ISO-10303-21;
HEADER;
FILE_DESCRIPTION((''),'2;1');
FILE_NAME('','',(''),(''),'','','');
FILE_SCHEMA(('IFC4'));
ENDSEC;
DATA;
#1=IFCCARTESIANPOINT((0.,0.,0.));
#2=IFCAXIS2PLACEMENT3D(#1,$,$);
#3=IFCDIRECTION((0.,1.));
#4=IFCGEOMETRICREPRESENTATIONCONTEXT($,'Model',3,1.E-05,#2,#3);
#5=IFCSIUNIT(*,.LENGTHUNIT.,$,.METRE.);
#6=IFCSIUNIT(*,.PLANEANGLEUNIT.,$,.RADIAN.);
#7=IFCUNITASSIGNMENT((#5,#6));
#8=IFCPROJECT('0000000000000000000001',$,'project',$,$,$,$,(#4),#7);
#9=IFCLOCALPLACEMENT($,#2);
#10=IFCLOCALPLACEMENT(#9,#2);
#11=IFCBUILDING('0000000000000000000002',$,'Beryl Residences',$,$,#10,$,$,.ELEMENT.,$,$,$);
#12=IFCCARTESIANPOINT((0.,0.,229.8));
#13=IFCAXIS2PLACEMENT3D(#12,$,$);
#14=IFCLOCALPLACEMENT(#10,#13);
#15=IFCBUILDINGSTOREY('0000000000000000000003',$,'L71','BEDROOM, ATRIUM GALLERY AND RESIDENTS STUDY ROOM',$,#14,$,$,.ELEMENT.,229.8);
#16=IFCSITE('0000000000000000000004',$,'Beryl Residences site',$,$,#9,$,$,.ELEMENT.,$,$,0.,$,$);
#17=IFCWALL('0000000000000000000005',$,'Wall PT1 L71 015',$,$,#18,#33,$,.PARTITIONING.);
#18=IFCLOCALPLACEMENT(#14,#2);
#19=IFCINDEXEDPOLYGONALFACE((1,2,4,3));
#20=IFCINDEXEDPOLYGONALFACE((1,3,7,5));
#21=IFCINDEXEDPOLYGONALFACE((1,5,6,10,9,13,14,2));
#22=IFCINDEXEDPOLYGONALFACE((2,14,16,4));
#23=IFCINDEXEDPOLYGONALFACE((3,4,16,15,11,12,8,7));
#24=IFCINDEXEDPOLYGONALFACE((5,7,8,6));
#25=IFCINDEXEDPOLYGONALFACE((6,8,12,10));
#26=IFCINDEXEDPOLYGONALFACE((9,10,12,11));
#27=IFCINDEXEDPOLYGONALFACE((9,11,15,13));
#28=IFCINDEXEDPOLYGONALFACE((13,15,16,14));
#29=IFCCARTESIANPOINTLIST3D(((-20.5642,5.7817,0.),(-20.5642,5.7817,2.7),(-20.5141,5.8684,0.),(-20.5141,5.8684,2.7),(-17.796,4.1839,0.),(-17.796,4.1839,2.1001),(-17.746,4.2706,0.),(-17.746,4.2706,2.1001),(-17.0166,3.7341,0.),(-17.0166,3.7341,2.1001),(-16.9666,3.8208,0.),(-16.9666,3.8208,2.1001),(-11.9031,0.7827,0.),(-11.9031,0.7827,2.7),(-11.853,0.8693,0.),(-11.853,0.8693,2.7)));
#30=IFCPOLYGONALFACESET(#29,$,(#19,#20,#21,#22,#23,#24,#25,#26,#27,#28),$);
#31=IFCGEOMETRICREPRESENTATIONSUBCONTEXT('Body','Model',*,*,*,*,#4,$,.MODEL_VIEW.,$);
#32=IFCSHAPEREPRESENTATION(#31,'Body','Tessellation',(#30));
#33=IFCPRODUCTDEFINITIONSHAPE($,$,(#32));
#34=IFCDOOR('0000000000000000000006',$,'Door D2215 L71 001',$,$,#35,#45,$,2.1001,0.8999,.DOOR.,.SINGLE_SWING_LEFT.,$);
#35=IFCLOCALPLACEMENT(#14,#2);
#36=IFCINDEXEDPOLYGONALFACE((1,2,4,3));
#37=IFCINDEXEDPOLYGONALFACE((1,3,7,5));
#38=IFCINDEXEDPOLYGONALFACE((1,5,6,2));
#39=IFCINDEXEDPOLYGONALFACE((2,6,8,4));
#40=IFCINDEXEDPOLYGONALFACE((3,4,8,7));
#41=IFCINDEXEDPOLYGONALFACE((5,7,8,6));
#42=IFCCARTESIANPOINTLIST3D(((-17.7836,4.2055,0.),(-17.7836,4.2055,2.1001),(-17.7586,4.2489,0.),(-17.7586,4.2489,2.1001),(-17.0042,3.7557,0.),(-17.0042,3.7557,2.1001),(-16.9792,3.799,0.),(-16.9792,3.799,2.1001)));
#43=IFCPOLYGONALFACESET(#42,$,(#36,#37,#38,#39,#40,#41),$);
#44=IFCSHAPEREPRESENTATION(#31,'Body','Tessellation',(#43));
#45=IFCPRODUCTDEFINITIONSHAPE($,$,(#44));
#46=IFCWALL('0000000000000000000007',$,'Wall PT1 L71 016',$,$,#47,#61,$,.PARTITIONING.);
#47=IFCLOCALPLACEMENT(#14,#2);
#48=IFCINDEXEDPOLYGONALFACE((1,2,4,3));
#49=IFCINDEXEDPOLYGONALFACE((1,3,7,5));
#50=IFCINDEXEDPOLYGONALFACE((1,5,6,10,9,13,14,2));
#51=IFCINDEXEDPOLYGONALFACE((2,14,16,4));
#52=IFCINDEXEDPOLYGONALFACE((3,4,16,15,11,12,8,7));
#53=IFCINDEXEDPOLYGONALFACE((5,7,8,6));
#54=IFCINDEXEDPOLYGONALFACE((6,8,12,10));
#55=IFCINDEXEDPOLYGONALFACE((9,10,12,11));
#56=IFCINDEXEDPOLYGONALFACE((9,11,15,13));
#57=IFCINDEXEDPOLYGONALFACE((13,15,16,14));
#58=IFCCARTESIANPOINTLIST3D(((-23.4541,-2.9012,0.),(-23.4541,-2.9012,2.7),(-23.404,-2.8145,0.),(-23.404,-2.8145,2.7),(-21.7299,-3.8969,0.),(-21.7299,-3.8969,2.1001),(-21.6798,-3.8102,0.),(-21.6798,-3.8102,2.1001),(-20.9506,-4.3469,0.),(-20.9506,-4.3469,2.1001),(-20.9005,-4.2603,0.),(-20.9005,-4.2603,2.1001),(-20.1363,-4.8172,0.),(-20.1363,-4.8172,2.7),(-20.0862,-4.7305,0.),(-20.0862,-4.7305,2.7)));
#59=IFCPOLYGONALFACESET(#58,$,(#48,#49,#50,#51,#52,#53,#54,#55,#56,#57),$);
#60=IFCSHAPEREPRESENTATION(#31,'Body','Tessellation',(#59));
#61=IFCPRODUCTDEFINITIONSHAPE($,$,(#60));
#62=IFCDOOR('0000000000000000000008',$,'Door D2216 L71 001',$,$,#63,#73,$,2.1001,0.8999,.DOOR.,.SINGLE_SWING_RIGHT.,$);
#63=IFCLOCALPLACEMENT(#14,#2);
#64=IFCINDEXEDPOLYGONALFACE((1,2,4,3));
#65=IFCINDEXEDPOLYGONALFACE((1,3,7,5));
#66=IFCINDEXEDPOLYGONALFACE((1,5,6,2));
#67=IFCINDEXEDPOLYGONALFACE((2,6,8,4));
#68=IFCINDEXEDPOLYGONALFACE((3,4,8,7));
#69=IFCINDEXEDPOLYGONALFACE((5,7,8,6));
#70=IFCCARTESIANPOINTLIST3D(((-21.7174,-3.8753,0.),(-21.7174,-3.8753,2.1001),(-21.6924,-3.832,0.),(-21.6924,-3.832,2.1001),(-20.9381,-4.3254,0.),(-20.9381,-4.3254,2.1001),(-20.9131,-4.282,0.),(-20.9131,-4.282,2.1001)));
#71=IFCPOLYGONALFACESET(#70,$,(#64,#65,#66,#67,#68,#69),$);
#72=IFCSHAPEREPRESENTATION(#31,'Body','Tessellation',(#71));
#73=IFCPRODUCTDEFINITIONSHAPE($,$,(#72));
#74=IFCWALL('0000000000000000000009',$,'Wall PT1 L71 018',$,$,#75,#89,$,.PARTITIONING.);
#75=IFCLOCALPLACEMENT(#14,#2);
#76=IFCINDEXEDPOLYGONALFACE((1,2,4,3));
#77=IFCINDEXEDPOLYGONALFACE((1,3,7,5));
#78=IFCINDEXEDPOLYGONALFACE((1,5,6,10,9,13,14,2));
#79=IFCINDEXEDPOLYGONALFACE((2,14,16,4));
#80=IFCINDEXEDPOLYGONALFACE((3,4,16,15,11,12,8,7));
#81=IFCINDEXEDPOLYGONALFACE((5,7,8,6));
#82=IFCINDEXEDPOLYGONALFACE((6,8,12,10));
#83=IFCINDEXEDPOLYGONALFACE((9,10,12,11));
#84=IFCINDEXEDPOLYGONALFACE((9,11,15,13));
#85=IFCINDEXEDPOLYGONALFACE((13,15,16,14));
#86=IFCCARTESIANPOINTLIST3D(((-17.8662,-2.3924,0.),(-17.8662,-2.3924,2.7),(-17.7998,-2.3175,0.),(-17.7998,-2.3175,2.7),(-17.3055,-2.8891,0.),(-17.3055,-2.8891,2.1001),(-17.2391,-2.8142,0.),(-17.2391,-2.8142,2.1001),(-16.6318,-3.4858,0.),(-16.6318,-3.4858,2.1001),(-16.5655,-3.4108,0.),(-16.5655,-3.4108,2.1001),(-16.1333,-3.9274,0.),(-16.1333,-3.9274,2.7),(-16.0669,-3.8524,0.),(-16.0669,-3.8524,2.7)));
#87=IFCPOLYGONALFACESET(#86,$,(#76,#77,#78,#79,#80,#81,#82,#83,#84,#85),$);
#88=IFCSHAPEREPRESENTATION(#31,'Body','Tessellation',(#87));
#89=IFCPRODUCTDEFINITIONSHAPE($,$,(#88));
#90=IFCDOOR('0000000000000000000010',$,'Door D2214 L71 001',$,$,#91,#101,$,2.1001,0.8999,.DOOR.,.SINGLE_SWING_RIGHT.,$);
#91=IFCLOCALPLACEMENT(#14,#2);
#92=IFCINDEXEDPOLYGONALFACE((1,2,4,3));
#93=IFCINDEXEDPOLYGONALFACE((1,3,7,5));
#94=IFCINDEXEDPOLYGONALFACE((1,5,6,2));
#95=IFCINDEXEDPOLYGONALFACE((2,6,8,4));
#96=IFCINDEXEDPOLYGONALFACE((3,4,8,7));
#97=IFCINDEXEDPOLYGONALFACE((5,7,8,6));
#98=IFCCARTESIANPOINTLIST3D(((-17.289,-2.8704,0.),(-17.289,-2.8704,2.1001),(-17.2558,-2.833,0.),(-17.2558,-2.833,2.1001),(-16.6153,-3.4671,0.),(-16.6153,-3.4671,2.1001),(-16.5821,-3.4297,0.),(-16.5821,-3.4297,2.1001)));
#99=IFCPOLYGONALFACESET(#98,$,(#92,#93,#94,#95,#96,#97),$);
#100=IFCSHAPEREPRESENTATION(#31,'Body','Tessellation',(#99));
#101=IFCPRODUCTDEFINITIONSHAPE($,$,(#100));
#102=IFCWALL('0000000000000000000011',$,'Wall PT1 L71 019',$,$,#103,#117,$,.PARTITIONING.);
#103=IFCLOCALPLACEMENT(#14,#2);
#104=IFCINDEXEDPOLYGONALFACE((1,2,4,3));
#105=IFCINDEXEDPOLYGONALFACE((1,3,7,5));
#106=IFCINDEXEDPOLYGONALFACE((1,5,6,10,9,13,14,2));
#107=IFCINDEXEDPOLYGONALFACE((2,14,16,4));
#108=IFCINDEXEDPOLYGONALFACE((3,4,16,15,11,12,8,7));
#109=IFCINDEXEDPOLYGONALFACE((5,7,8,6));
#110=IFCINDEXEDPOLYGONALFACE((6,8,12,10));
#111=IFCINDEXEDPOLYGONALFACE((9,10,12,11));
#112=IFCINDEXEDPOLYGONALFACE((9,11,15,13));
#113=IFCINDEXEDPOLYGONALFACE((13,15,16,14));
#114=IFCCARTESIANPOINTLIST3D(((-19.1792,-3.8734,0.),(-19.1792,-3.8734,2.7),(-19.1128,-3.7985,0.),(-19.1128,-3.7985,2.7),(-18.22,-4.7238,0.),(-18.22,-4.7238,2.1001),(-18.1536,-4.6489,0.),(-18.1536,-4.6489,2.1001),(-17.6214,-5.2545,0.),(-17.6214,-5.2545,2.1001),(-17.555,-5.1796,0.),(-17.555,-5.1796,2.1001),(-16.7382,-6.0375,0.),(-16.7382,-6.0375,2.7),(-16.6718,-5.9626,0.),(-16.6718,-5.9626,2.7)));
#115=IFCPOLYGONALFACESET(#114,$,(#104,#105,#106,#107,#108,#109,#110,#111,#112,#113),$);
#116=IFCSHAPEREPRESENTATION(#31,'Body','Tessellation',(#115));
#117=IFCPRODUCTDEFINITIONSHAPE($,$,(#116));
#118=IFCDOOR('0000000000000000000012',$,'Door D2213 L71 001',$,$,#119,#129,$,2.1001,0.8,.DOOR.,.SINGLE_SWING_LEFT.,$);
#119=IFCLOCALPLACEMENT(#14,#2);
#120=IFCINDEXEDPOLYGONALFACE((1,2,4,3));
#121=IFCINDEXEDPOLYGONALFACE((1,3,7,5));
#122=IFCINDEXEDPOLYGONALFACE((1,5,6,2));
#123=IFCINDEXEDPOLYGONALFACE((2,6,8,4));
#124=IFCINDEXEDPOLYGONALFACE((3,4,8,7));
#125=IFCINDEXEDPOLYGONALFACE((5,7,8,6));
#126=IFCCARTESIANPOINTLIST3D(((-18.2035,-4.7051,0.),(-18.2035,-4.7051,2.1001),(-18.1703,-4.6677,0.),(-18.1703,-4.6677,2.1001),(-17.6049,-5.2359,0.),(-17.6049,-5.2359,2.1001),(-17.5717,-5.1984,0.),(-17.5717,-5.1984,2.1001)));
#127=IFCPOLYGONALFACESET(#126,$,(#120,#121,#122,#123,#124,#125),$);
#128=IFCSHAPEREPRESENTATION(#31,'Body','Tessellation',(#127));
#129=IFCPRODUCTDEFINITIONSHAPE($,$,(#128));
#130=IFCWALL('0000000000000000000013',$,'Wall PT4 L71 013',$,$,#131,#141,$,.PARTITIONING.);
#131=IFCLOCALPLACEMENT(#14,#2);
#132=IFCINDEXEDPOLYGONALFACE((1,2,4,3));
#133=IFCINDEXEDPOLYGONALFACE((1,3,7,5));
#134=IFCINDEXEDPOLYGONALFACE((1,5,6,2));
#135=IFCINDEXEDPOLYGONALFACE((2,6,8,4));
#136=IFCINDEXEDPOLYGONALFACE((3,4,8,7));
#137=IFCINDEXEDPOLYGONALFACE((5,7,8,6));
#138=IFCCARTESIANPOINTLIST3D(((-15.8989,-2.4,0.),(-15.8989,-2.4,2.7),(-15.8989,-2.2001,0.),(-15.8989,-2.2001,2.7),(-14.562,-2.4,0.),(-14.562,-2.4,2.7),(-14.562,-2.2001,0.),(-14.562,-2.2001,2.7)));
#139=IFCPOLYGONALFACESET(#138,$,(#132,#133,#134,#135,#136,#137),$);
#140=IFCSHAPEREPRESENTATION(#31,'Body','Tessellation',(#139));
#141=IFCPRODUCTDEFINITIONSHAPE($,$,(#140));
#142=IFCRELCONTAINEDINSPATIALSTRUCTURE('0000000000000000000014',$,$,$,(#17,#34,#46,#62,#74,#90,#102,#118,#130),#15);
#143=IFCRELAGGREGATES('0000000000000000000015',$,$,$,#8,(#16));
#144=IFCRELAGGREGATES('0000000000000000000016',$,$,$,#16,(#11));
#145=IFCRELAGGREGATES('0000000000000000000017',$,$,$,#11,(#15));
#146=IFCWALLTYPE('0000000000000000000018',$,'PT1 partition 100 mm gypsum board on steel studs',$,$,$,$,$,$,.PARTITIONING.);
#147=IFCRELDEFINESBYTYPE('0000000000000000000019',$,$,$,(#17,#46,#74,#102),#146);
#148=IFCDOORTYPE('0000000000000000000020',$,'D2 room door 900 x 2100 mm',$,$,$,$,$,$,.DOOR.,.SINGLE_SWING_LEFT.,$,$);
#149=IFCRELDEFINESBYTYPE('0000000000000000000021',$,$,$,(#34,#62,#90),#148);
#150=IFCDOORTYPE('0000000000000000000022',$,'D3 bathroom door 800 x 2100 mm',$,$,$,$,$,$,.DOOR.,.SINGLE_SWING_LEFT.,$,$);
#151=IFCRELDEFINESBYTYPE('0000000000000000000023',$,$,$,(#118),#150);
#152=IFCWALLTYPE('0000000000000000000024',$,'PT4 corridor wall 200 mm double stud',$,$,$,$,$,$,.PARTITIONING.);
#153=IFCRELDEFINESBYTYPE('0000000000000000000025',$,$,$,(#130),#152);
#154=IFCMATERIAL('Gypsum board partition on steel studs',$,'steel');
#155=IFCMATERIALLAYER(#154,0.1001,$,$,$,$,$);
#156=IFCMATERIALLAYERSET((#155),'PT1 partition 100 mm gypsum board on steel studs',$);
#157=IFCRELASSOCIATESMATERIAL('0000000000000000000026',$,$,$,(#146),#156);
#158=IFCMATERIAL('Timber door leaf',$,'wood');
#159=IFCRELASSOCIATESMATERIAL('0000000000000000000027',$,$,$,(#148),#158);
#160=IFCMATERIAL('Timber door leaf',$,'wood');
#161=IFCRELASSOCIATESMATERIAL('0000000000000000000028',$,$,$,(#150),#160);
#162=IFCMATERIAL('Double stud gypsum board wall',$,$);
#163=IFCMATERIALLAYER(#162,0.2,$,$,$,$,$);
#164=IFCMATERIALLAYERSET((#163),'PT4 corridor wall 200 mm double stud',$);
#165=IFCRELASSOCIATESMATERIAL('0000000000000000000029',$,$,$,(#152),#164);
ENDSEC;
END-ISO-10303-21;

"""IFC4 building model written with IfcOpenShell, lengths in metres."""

from ifc_helpers import new_model, si_unit, direction, frame, frame_2d, origin, place, context, subcontext, project, spatial, rectangle, extrude, material, layer, layer_set, type_object, element, fill, save


model = new_model("IFC4")

# Units and contexts
model_context = context("Model", 3, precision=1e-05, world=origin(), true_north=direction((0.0, 1.0)))
body_context = subcontext(model_context, "Body", "Model", "MODEL_VIEW")
ifc_project = project(units=[si_unit("LENGTHUNIT", "METRE"), si_unit("PLANEANGLEUNIT", "RADIAN")], contexts=[model_context])

# Site, building, storey
site_placement = place(None, origin())
site = spatial("IfcSite", under=ifc_project, at=site_placement, Name="Beryl Residences site", CompositionType="ELEMENT", RefElevation=0.0)
building_placement = place(site_placement, origin())
building = spatial("IfcBuilding", under=site, at=building_placement, Name="Beryl Residences", CompositionType="ELEMENT")
storey_placement = place(building_placement, frame((0.0, 0.0, 229.8)))
storey = spatial("IfcBuildingStorey", under=building, at=storey_placement, Name="L71", Description="BEDROOM, ATRIUM GALLERY AND RESIDENTS STUDY ROOM", CompositionType="ELEMENT", Elevation=229.8)

# Walls, openings, doors
ifc_material_1 = material(Name="Gypsum board partition on steel studs", Category="steel")
ifc_layer_1 = layer(ifc_material_1, 0.1001)
ifc_layer_set_1 = layer_set([ifc_layer_1], Name="PT1 partition 100 mm gypsum board on steel studs")
wall_type_1 = type_object("IfcWallType", Name="PT1 partition 100 mm gypsum board on steel studs", PredefinedType="PARTITIONING", material=ifc_layer_set_1)
wall_1_placement = place(storey_placement, frame((-20.5391, 5.825, 0.0), z_axis=(0.0, 0.0, 1.0), x_axis=(0.86609, -0.499889, 0.0)))
wall_1 = element("IfcWall", 1, at=wall_1_placement, inside=storey, type_object=wall_type_1, Name="Wall PT1 L71 015", PredefinedType="PARTITIONING", context=body_context, shape_type="SweptSolid", body=[
    extrude(rectangle(XDim=10.0002, YDim=0.1001, at=frame_2d((5.0, 0.0))), origin(), (0.0, 0.0, 1.0), 2.7),
])
opening_1_placement = place(wall_1_placement, frame((3.196, 0.0, 0.0)))
opening_1 = element("IfcOpeningElement", 2, at=opening_1_placement, cuts=wall_1, PredefinedType="OPENING", context=body_context, shape_type="SweptSolid", body=[
    extrude(rectangle(XDim=0.8999, YDim=2.1001, at=frame_2d((0.45, 1.05))), frame((0.0, 0.0601, 0.0), z_axis=(0.0, -1.0, 0.0), x_axis=(1.0, 0.0, 0.0)), (0.0, 0.0, 1.0), 0.1201),
])
ifc_material_2 = material(Name="Timber door leaf", Category="wood")
door_type_1 = type_object("IfcDoorType", Name="D2 room door 900 x 2100 mm", OperationType="SINGLE_SWING_LEFT", PredefinedType="DOOR", material=ifc_material_2)
door_1_placement = place(opening_1_placement, origin())
door_1 = element("IfcDoor", 3, at=door_1_placement, inside=storey, type_object=door_type_1, Name="Door D2215 L71 001", OperationType="SINGLE_SWING_LEFT", OverallHeight=2.1001, OverallWidth=0.8999, PredefinedType="DOOR", context=body_context, shape_type="SweptSolid", body=[
    extrude(rectangle(XDim=0.8999, YDim=2.1001, at=frame_2d((0.45, 1.05))), frame((0.0, 0.0249, 0.0), z_axis=(0.0, -1.0, 0.0), x_axis=(1.0, 0.0, 0.0)), (0.0, 0.0, 1.0), 0.05),
])
fill(opening_1, door_1)
wall_2_placement = place(storey_placement, frame((-23.429, -2.8579, 0.0), z_axis=(0.0, 0.0, 1.0), x_axis=(0.865975, -0.500086, 0.0)))
wall_2 = element("IfcWall", 4, at=wall_2_placement, inside=storey, type_object=wall_type_1, Name="Wall PT1 L71 016", PredefinedType="PARTITIONING", context=body_context, shape_type="SweptSolid", body=[
    extrude(rectangle(XDim=3.8313, YDim=0.1001, at=frame_2d((1.9155, 0.0))), origin(), (0.0, 0.0, 1.0), 2.7),
])
opening_2_placement = place(wall_2_placement, frame((1.991, 0.0, 0.0)))
opening_2 = element("IfcOpeningElement", 5, at=opening_2_placement, cuts=wall_2, PredefinedType="OPENING", context=body_context, shape_type="SweptSolid", body=[
    extrude(rectangle(XDim=0.8999, YDim=2.1001, at=frame_2d((0.45, 1.05))), frame((0.0, 0.0601, 0.0), z_axis=(0.0, -1.0, 0.0), x_axis=(1.0, 0.0, 0.0)), (0.0, 0.0, 1.0), 0.1201),
])
door_2_placement = place(opening_2_placement, origin())
door_2 = element("IfcDoor", 6, at=door_2_placement, inside=storey, type_object=door_type_1, Name="Door D2216 L71 001", OperationType="SINGLE_SWING_RIGHT", OverallHeight=2.1001, OverallWidth=0.8999, PredefinedType="DOOR", context=body_context, shape_type="SweptSolid", body=[
    extrude(rectangle(XDim=0.8999, YDim=2.1001, at=frame_2d((0.45, 1.05))), frame((0.0, 0.0249, 0.0), z_axis=(0.0, -1.0, 0.0), x_axis=(1.0, 0.0, 0.0)), (0.0, 0.0, 1.0), 0.05),
])
fill(opening_2, door_2)
wall_3_placement = place(storey_placement, frame((-17.833, -2.355, 0.0), z_axis=(0.0, 0.0, 1.0), x_axis=(0.748578, -0.663047, 0.0)))
wall_3 = element("IfcWall", 7, at=wall_3_placement, inside=storey, type_object=wall_type_1, Name="Wall PT1 L71 018", PredefinedType="PARTITIONING", context=body_context, shape_type="SweptSolid", body=[
    extrude(rectangle(XDim=2.3149, YDim=0.1001, at=frame_2d((1.1575, 0.0))), origin(), (0.0, 0.0, 1.0), 2.7),
])
opening_3_placement = place(wall_3_placement, frame((0.749, 0.0, 0.0)))
opening_3 = element("IfcOpeningElement", 8, at=opening_3_placement, cuts=wall_3, PredefinedType="OPENING", context=body_context, shape_type="SweptSolid", body=[
    extrude(rectangle(XDim=0.8999, YDim=2.1001, at=frame_2d((0.45, 1.05))), frame((0.0, 0.0601, 0.0), z_axis=(0.0, -1.0, 0.0), x_axis=(1.0, 0.0, 0.0)), (0.0, 0.0, 1.0), 0.1201),
])
door_3_placement = place(opening_3_placement, origin())
door_3 = element("IfcDoor", 9, at=door_3_placement, inside=storey, type_object=door_type_1, Name="Door D2214 L71 001", OperationType="SINGLE_SWING_RIGHT", OverallHeight=2.1001, OverallWidth=0.8999, PredefinedType="DOOR", context=body_context, shape_type="SweptSolid", body=[
    extrude(rectangle(XDim=0.8999, YDim=2.1001, at=frame_2d((0.45, 1.05))), frame((0.0, 0.0249, 0.0), z_axis=(0.0, -1.0, 0.0), x_axis=(1.0, 0.0, 0.0)), (0.0, 0.0, 1.0), 0.05),
])
fill(opening_3, door_3)
wall_4_placement = place(storey_placement, frame((-19.146, -3.8359, 0.0), z_axis=(0.0, 0.0, 1.0), x_axis=(0.748268, -0.663397, 0.0)))
wall_4 = element("IfcWall", 10, at=wall_4_placement, inside=storey, type_object=wall_type_1, Name="Wall PT1 L71 019", PredefinedType="PARTITIONING", context=body_context, shape_type="SweptSolid", body=[
    extrude(rectangle(XDim=3.2622, YDim=0.1001, at=frame_2d((1.6311, 0.0))), origin(), (0.0, 0.0, 1.0), 2.7),
])
opening_4_placement = place(wall_4_placement, frame((1.282, 0.0, 0.0)))
opening_4 = element("IfcOpeningElement", 11, at=opening_4_placement, cuts=wall_4, PredefinedType="OPENING", context=body_context, shape_type="SweptSolid", body=[
    extrude(rectangle(XDim=0.8, YDim=2.1001, at=frame_2d((0.3999, 1.05))), frame((0.0, 0.0601, 0.0), z_axis=(0.0, -1.0, 0.0), x_axis=(1.0, 0.0, 0.0)), (0.0, 0.0, 1.0), 0.1201),
])
ifc_material_3 = material(Name="Timber door leaf", Category="wood")
door_type_2 = type_object("IfcDoorType", Name="D3 bathroom door 800 x 2100 mm", OperationType="SINGLE_SWING_LEFT", PredefinedType="DOOR", material=ifc_material_3)
door_4_placement = place(opening_4_placement, origin())
door_4 = element("IfcDoor", 12, at=door_4_placement, inside=storey, type_object=door_type_2, Name="Door D2213 L71 001", OperationType="SINGLE_SWING_LEFT", OverallHeight=2.1001, OverallWidth=0.8, PredefinedType="DOOR", context=body_context, shape_type="SweptSolid", body=[
    extrude(rectangle(XDim=0.8, YDim=2.1001, at=frame_2d((0.3999, 1.05))), frame((0.0, 0.0249, 0.0), z_axis=(0.0, -1.0, 0.0), x_axis=(1.0, 0.0, 0.0)), (0.0, 0.0, 1.0), 0.05),
])
fill(opening_4, door_4)

# Wall
ifc_material_4 = material(Name="Double stud gypsum board wall")
ifc_layer_2 = layer(ifc_material_4, 0.2)
ifc_layer_set_2 = layer_set([ifc_layer_2], Name="PT4 corridor wall 200 mm double stud")
wall_type_2 = type_object("IfcWallType", Name="PT4 corridor wall 200 mm double stud", PredefinedType="PARTITIONING", material=ifc_layer_set_2)
wall_5_placement = place(storey_placement, frame((-15.8989, -2.3, 0.0), z_axis=(0.0, 0.0, 1.0), x_axis=(1.0, 0.0, 0.0)))
element("IfcWall", 13, at=wall_5_placement, inside=storey, type_object=wall_type_2, Name="Wall PT4 L71 013", PredefinedType="PARTITIONING", context=body_context, shape_type="SweptSolid", body=[
    extrude(rectangle(XDim=1.3369, YDim=0.2, at=frame_2d((0.6685, 0.0))), origin(), (0.0, 0.0, 1.0), 2.7),
])

save(model, "model.ifc")
